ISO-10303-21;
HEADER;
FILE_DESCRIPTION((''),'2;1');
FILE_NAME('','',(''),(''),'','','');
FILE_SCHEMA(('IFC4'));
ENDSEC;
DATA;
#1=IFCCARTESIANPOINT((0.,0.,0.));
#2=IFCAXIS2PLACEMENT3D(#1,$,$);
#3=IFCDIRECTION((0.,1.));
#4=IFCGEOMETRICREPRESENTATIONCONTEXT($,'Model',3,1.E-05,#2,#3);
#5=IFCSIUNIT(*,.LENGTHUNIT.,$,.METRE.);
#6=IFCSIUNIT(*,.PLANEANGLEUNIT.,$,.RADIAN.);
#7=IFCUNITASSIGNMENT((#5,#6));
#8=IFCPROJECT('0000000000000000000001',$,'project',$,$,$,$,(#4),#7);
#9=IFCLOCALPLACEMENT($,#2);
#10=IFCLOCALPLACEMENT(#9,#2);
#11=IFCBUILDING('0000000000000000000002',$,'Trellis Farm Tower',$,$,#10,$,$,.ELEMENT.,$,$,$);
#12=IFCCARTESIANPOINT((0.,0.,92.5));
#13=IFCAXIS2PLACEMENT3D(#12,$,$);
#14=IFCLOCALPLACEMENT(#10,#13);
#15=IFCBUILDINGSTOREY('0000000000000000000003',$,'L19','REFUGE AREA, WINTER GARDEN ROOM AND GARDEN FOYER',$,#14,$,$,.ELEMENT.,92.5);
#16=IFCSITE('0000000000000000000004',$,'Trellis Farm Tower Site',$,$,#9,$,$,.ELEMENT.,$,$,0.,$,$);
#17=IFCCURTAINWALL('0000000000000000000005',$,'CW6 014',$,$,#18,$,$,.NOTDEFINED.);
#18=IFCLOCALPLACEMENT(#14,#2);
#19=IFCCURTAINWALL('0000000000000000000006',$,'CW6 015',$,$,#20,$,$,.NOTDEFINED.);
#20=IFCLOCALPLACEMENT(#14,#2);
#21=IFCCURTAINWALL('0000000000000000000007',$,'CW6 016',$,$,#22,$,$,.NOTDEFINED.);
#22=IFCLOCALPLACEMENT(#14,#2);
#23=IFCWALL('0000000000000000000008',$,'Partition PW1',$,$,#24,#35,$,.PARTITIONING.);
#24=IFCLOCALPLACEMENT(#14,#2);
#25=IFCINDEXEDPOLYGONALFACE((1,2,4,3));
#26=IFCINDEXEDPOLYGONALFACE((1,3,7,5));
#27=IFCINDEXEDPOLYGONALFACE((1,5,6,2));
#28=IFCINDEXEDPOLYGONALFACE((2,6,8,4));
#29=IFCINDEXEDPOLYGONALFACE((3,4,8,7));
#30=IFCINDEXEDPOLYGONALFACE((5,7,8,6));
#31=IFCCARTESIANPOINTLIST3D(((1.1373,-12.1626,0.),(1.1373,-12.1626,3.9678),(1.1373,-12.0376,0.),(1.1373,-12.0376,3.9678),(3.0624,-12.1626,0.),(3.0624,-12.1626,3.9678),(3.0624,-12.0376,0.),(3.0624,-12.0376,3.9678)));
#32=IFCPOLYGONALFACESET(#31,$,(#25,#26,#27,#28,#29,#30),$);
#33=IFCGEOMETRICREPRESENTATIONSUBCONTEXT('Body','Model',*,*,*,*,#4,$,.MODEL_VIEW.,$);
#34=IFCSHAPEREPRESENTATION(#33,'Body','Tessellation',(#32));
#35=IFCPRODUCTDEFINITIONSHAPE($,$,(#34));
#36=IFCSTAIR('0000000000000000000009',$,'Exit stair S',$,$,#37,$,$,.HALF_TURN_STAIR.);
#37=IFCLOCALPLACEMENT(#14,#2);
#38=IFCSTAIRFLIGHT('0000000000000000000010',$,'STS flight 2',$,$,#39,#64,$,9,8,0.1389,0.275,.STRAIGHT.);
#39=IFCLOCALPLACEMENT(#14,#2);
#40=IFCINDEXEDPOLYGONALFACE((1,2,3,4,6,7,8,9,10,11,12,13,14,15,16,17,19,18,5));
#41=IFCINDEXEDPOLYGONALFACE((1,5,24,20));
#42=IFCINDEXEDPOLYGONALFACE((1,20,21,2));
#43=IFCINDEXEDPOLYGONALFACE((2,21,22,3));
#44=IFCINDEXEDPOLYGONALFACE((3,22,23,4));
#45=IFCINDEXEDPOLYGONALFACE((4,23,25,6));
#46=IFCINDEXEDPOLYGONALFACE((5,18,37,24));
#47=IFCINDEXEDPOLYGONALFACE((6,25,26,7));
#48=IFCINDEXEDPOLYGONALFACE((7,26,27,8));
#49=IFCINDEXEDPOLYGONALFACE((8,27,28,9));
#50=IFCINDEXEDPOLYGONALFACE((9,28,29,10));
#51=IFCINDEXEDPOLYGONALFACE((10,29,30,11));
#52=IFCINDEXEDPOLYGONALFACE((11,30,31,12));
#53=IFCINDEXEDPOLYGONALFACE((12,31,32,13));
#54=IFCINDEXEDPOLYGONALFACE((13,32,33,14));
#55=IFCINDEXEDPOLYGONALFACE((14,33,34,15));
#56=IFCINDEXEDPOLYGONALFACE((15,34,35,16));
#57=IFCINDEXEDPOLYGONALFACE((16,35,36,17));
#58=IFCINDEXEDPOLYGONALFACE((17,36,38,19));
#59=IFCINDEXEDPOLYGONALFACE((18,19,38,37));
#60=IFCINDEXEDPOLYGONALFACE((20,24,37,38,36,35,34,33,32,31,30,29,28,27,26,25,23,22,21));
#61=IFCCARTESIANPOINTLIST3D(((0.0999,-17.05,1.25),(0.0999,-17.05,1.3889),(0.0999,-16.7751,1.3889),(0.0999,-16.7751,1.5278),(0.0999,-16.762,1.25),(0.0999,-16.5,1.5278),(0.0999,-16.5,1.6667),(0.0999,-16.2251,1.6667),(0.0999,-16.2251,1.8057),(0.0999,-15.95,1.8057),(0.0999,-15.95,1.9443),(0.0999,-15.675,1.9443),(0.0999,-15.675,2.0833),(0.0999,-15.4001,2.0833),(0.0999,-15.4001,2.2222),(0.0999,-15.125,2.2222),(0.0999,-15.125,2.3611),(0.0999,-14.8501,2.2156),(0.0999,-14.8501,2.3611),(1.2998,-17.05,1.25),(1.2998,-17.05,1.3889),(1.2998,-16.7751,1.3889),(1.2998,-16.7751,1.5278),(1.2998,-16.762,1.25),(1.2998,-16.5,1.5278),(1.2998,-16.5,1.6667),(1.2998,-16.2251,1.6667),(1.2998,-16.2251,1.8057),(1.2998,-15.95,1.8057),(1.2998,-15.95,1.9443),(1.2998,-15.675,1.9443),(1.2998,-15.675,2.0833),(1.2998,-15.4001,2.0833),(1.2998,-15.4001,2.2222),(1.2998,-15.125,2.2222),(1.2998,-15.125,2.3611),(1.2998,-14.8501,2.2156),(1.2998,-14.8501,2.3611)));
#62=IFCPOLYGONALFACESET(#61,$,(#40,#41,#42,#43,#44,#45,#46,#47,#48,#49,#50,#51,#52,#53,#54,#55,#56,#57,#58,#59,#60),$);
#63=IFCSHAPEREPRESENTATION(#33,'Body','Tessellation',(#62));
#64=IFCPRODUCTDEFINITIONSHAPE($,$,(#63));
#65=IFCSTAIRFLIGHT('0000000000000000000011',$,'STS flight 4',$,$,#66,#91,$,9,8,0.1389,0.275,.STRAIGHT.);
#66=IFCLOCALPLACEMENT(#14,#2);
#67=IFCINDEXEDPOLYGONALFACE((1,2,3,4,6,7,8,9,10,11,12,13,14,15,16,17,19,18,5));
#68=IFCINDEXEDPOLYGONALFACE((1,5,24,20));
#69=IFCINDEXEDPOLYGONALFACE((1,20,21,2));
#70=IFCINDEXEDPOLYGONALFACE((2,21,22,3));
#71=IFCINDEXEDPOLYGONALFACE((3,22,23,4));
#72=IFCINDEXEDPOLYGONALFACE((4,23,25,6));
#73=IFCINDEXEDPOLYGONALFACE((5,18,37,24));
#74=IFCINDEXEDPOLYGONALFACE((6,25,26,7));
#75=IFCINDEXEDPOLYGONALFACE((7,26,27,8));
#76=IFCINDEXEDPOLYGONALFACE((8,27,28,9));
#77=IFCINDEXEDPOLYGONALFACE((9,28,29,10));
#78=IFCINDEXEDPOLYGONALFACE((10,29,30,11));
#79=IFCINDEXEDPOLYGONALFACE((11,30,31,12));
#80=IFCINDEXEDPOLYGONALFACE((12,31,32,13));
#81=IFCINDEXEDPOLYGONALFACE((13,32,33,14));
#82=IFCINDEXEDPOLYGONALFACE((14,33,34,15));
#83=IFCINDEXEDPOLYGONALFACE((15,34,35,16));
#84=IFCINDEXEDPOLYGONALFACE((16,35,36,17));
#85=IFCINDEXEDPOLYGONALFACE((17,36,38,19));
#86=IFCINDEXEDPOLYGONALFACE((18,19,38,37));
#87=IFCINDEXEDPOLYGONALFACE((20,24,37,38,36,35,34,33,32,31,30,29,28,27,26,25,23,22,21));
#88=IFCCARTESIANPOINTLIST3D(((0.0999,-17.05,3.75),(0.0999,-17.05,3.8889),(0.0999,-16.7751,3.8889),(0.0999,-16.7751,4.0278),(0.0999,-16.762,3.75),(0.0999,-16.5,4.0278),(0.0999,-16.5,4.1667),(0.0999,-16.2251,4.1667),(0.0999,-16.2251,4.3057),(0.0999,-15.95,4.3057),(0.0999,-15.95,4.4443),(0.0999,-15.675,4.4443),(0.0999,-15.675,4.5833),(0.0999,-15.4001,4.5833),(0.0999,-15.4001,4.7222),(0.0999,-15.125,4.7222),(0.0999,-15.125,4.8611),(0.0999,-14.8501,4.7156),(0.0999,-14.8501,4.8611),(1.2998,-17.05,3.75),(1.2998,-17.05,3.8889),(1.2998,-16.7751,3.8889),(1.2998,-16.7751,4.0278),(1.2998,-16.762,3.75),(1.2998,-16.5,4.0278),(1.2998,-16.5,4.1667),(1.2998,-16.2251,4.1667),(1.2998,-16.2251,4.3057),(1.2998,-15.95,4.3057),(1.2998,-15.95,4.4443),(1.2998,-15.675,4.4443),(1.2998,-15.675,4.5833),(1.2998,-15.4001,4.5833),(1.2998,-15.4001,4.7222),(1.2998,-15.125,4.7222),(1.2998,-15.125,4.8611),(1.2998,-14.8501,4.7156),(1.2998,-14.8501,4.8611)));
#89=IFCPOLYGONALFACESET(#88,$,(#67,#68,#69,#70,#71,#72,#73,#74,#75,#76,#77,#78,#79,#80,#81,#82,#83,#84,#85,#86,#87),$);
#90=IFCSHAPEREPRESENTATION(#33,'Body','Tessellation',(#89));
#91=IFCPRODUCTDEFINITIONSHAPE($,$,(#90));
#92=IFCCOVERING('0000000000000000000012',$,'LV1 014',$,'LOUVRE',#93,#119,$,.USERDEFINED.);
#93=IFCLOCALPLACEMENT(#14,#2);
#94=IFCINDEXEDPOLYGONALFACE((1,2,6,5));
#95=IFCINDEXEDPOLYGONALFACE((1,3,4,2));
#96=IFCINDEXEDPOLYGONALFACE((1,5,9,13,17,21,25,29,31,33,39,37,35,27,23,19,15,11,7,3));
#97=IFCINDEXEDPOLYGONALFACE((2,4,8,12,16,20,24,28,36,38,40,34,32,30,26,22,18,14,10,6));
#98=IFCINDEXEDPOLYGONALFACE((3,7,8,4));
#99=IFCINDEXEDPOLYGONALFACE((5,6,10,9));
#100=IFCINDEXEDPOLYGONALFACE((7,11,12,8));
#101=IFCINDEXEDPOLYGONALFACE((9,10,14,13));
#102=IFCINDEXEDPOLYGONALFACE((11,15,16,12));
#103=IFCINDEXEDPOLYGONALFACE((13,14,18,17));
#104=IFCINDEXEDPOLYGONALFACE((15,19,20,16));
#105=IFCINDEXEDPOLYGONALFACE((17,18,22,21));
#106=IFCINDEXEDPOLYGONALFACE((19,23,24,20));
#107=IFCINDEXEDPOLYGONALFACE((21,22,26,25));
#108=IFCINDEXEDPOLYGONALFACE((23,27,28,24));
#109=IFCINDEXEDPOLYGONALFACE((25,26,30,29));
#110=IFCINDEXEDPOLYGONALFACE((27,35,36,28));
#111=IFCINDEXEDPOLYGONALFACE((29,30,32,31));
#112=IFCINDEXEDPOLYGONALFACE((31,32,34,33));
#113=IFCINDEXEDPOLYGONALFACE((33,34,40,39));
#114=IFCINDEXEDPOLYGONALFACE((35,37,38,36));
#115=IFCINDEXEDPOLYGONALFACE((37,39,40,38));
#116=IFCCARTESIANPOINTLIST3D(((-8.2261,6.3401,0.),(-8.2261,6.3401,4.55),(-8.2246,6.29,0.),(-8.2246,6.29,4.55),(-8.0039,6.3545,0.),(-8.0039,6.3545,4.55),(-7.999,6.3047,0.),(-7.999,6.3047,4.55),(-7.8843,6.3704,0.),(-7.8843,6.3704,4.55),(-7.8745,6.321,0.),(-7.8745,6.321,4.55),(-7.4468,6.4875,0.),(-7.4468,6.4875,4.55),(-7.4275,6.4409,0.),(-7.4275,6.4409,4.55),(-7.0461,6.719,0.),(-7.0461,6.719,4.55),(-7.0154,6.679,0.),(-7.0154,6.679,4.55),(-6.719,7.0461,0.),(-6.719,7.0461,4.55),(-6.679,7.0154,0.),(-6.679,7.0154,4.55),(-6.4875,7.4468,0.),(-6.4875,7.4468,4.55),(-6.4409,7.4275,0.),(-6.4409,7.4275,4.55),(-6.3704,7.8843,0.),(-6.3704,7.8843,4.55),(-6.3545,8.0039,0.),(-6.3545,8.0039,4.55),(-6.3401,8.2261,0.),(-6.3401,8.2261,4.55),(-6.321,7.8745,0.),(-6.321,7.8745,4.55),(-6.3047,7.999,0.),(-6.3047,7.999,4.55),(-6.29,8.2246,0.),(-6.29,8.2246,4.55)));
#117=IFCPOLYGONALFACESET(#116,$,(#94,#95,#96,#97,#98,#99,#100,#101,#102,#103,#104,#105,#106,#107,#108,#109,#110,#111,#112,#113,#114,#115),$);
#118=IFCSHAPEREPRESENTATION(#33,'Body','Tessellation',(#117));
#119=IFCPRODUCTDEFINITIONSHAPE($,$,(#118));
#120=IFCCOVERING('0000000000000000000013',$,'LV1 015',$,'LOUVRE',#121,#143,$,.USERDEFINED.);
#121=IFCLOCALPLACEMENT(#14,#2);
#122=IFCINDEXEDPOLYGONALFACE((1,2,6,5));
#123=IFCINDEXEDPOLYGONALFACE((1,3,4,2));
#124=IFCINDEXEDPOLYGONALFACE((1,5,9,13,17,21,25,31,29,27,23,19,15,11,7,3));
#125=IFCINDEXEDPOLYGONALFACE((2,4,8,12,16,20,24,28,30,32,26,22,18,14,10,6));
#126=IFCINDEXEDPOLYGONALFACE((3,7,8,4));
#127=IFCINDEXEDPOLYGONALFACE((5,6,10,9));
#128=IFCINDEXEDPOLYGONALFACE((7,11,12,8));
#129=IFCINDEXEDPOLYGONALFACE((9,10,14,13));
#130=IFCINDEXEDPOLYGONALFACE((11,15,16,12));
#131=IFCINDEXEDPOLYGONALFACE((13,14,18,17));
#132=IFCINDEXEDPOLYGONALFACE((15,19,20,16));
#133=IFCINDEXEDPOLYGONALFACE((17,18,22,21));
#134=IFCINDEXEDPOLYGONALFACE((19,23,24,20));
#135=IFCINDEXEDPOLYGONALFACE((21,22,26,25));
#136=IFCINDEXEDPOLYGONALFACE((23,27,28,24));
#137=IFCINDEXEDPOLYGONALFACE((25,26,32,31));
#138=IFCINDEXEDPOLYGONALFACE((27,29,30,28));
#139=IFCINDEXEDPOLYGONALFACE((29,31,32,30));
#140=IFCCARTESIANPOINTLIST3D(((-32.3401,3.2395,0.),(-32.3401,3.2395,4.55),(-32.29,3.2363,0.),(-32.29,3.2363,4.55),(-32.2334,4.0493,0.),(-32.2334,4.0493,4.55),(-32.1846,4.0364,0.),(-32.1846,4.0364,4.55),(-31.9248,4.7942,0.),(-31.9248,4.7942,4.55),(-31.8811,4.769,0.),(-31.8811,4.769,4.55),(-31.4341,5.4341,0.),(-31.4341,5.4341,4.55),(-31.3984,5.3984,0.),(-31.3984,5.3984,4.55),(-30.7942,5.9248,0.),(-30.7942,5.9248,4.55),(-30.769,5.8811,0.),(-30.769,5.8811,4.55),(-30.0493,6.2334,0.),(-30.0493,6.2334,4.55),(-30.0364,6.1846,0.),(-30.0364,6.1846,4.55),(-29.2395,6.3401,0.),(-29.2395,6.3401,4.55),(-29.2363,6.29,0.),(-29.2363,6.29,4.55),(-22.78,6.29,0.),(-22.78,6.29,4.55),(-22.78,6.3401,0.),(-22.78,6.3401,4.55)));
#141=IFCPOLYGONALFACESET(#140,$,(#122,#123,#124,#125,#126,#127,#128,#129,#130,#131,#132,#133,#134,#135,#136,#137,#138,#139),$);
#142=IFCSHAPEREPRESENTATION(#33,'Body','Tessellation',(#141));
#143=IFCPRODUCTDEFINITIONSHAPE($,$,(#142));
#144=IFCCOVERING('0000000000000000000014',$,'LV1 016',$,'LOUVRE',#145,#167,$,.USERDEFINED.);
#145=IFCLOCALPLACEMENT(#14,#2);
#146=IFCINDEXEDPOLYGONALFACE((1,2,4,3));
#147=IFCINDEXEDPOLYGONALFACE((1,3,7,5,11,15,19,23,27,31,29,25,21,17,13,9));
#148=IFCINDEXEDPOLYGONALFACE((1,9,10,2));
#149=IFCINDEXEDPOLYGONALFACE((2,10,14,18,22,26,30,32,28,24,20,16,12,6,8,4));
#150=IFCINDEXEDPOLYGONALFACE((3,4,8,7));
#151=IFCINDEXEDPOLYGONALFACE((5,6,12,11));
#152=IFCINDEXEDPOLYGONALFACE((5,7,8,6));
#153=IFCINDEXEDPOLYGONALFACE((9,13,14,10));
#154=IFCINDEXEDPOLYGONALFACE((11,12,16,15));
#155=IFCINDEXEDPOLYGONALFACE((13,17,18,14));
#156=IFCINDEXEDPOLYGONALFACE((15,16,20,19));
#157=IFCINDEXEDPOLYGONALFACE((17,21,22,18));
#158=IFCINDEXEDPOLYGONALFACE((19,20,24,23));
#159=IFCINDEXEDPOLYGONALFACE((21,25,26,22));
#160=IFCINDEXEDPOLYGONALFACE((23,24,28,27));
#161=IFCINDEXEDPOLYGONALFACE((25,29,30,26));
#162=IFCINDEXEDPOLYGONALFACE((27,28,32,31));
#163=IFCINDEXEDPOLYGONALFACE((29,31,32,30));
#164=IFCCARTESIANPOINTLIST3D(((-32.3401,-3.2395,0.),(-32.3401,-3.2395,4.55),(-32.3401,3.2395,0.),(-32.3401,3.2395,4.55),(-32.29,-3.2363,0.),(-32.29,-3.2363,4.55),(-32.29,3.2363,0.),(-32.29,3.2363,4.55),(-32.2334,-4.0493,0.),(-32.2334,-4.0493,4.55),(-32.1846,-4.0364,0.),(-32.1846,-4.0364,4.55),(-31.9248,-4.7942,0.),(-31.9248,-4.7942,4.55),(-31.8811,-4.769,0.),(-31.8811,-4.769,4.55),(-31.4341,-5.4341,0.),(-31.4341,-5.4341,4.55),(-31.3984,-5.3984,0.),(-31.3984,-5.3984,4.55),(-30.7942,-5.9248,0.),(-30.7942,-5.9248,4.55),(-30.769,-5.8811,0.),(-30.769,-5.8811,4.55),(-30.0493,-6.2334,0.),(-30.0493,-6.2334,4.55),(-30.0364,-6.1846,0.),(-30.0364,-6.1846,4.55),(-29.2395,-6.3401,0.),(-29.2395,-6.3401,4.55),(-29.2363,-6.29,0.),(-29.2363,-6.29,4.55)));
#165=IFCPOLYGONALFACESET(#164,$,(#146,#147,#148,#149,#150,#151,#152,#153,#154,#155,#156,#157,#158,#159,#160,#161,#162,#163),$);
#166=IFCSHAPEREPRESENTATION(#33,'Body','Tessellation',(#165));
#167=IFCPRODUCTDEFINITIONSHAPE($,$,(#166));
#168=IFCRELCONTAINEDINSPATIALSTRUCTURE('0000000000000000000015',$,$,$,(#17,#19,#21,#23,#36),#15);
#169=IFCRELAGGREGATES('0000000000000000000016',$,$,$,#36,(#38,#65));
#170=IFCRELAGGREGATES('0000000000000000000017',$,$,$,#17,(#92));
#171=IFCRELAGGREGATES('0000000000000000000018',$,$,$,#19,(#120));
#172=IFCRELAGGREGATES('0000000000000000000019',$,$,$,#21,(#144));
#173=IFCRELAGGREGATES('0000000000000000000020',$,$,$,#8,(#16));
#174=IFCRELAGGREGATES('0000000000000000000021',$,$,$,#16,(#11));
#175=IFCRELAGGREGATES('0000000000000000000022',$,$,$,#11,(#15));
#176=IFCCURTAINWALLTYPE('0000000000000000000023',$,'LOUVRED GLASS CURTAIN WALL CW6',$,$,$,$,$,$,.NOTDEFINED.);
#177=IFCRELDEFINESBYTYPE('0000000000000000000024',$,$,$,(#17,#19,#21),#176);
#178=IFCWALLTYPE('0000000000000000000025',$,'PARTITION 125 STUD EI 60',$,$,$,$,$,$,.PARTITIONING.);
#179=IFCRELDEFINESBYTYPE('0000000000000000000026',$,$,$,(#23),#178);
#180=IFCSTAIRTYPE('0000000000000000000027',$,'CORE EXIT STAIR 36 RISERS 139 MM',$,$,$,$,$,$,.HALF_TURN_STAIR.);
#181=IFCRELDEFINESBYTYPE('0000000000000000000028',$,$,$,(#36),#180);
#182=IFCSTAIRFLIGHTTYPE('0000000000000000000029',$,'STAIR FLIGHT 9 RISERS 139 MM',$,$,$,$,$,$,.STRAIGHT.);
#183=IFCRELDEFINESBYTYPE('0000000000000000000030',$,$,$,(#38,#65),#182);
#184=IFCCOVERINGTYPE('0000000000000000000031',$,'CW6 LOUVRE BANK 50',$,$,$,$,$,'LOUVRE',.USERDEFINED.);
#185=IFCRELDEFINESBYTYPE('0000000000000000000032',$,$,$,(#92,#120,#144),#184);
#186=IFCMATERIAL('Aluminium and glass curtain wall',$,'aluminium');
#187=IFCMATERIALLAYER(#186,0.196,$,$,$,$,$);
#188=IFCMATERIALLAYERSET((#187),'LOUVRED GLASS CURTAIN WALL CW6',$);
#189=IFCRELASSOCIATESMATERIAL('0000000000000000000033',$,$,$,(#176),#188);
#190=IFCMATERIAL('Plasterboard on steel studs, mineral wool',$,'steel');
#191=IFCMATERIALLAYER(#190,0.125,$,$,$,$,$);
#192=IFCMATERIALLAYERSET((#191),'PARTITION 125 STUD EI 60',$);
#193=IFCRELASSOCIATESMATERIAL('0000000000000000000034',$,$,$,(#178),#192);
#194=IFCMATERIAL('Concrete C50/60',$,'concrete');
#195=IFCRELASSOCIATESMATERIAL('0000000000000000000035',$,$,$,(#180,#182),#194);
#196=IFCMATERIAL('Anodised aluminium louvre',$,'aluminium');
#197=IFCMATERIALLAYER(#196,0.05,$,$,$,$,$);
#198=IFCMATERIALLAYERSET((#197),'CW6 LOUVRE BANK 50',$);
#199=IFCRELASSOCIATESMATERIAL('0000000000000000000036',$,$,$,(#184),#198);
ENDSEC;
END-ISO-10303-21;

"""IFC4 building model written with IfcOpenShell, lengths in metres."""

from ifc_helpers import new_model, si_unit, direction, frame, frame_2d, origin, place, context, subcontext, project, spatial, polyline, rectangle, outline, extrude, source, transform, mapped, material, layer, layer_set, type_object, element, aggregate, save


model = new_model("IFC4")

# Units and contexts
model_context = context("Model", 3, precision=1e-05, world=origin(), true_north=direction((0.0, 1.0)))
body_context = subcontext(model_context, "Body", "Model", "MODEL_VIEW")
ifc_project = project(units=[si_unit("LENGTHUNIT", "METRE"), si_unit("PLANEANGLEUNIT", "RADIAN")], contexts=[model_context])

# Site, building, storey
site_placement = place(None, origin())
site = spatial("IfcSite", under=ifc_project, at=site_placement, Name="Trellis Farm Tower Site", CompositionType="ELEMENT", RefElevation=0.0)
building_placement = place(site_placement, origin())
building = spatial("IfcBuilding", under=site, at=building_placement, Name="Trellis Farm Tower", CompositionType="ELEMENT")
storey_placement = place(building_placement, frame((0.0, 0.0, 92.5)))
storey = spatial("IfcBuildingStorey", under=building, at=storey_placement, Name="L19", Description="REFUGE AREA, WINTER GARDEN ROOM AND GARDEN FOYER", CompositionType="ELEMENT", Elevation=92.5)

# Curtain walls
ifc_material_1 = material(Name="Aluminium and glass curtain wall", Category="aluminium")
ifc_layer_1 = layer(ifc_material_1, 0.196)
ifc_layer_set_1 = layer_set([ifc_layer_1], Name="LOUVRED GLASS CURTAIN WALL CW6")
curtain_wall_type = type_object("IfcCurtainWallType", Name="LOUVRED GLASS CURTAIN WALL CW6", PredefinedType="NOTDEFINED", material=ifc_layer_set_1)
placement_1 = place(storey_placement, origin())
curtain_wall_1 = element("IfcCurtainWall", 1, at=placement_1, inside=storey, type_object=curtain_wall_type, Name="CW6 014", PredefinedType="NOTDEFINED")
curtain_wall_2 = element("IfcCurtainWall", 2, at=placement_1, inside=storey, type_object=curtain_wall_type, Name="CW6 015", PredefinedType="NOTDEFINED")
curtain_wall_3 = element("IfcCurtainWall", 3, at=placement_1, inside=storey, type_object=curtain_wall_type, Name="CW6 016", PredefinedType="NOTDEFINED")

# Shared definitions
ifc_material_2 = material(Name="Plasterboard on steel studs, mineral wool", Category="steel")
ifc_layer_2 = layer(ifc_material_2, 0.125)
ifc_layer_set_2 = layer_set([ifc_layer_2], Name="PARTITION 125 STUD EI 60")
wall_type_1 = type_object("IfcWallType", Name="PARTITION 125 STUD EI 60", PredefinedType="PARTITIONING", material=ifc_layer_set_2)

# Wall
shared_shape_1 = source(origin(), body_context, "Body", "SweptSolid", [
    extrude(rectangle(XDim=1.925, YDim=0.125, at=frame_2d((0.9624, 0.0))), origin(), (0.0, 0.0, 1.0), 3.9678),
])
wall_1_placement = place(storey_placement, frame((1.1375, -12.1001, 0.0), z_axis=(0.0, 0.0, 1.0), x_axis=(1.0, 0.0, 0.0)))
element("IfcWall", 4, at=wall_1_placement, inside=storey, type_object=wall_type_1, Name="Partition PW1", PredefinedType="PARTITIONING", context=body_context, shape_type="MappedRepresentation", body=[
    mapped(shared_shape_1, transform((0.0, 0.0, 0.0))),
])

# Stair, stair flights
ifc_material_3 = material(Name="Concrete C50/60", Category="concrete")
stair_type = type_object("IfcStairType", Name="CORE EXIT STAIR 36 RISERS 139 MM", PredefinedType="HALF_TURN_STAIR", material=ifc_material_3)
stair = element("IfcStair", 5, at=placement_1, inside=storey, type_object=stair_type, Name="Exit stair S", PredefinedType="HALF_TURN_STAIR")
stair_flight_type = type_object("IfcStairFlightType", Name="STAIR FLIGHT 9 RISERS 139 MM", PredefinedType="STRAIGHT", material=ifc_material_3)
shared_shape_2 = source(origin(), body_context, "Body", "SweptSolid", [
    extrude(outline(polyline([(0.0, 0.0), (0.0, 0.1389), (0.2749, 0.1389), (0.2749, 0.2778), (0.55, 0.2778), (0.55, 0.4167), (0.825, 0.4167), (0.825, 0.5557), (1.1001, 0.5557), (1.1001, 0.6943), (1.375, 0.6943), (1.375, 0.8333), (1.6499, 0.8333), (1.6499, 0.9722), (1.925, 0.9722), (1.925, 1.1111), (2.2, 1.1111), (2.2, 1.25), (2.2, 0.9656), (0.2881, 0.0), (0.0, 0.0)])), frame((0.0, 0.6001, 0.0), z_axis=(0.0, -1.0, 0.0), x_axis=(1.0, 0.0, 0.0)), (0.0, 0.0, 1.0), 1.2),
])
stair_flight_1_placement = place(storey_placement, frame((0.7, -17.05, 1.25), z_axis=(0.0, 0.0, 1.0), x_axis=(0.0, 1.0, 0.0)))
stair_flight_1 = element("IfcStairFlight", 6, at=stair_flight_1_placement, type_object=stair_flight_type, Name="STS flight 2", NumberOfRisers=9, NumberOfTreads=8, PredefinedType="STRAIGHT", RiserHeight=0.1389, TreadLength=0.275, context=body_context, shape_type="MappedRepresentation", body=[
    mapped(shared_shape_2, transform((0.0, 0.0, 0.0))),
])
stair_flight_2_placement = place(storey_placement, frame((0.7, -17.05, 3.75), z_axis=(0.0, 0.0, 1.0), x_axis=(0.0, 1.0, 0.0)))
stair_flight_2 = element("IfcStairFlight", 7, at=stair_flight_2_placement, type_object=stair_flight_type, Name="STS flight 4", NumberOfRisers=9, NumberOfTreads=8, PredefinedType="STRAIGHT", RiserHeight=0.1389, TreadLength=0.275, context=body_context, shape_type="MappedRepresentation", body=[
    mapped(shared_shape_2, transform((0.0, 0.0, 0.0))),
])
aggregate(stair, [stair_flight_1, stair_flight_2])

# Coverings
ifc_material_4 = material(Name="Anodised aluminium louvre", Category="aluminium")
ifc_layer_3 = layer(ifc_material_4, 0.05)
ifc_layer_set_3 = layer_set([ifc_layer_3], Name="CW6 LOUVRE BANK 50")
covering_type = type_object("IfcCoveringType", Name="CW6 LOUVRE BANK 50", ElementType="LOUVRE", PredefinedType="USERDEFINED", material=ifc_layer_set_3)
covering_1 = element("IfcCovering", 8, at=placement_1, type_object=covering_type, Name="LV1 014", ObjectType="LOUVRE", PredefinedType="USERDEFINED", context=body_context, shape_type="SweptSolid", body=[
    extrude(outline(polyline([(-6.3401, 8.2261), (-6.3545, 8.0039), (-6.3704, 7.8843), (-6.4875, 7.4468), (-6.719, 7.0461), (-7.0461, 6.719), (-7.4468, 6.4875), (-7.8843, 6.3704), (-8.0039, 6.3545), (-8.2261, 6.3401), (-8.2246, 6.29), (-7.999, 6.3047), (-7.8745, 6.321), (-7.4275, 6.4409), (-7.0154, 6.679), (-6.679, 7.0154), (-6.4409, 7.4275), (-6.321, 7.8745), (-6.3047, 7.999), (-6.29, 8.2246), (-6.3401, 8.2261)])), origin(), (0.0, 0.0, 1.0), 4.55),
])
aggregate(curtain_wall_1, [covering_1])
covering_2 = element("IfcCovering", 9, at=placement_1, type_object=covering_type, Name="LV1 015", ObjectType="LOUVRE", PredefinedType="USERDEFINED", context=body_context, shape_type="SweptSolid", body=[
    extrude(outline(polyline([(-22.78, 6.3401), (-29.2395, 6.3401), (-30.0493, 6.2334), (-30.7942, 5.9248), (-31.4341, 5.4341), (-31.9248, 4.7942), (-32.2334, 4.0493), (-32.3401, 3.2395), (-32.29, 3.2363), (-32.1846, 4.0364), (-31.8811, 4.769), (-31.3984, 5.3984), (-30.769, 5.8811), (-30.0364, 6.1846), (-29.2363, 6.29), (-22.78, 6.29), (-22.78, 6.3401)])), origin(), (0.0, 0.0, 1.0), 4.55),
])
aggregate(curtain_wall_2, [covering_2])
covering_3 = element("IfcCovering", 10, at=placement_1, type_object=covering_type, Name="LV1 016", ObjectType="LOUVRE", PredefinedType="USERDEFINED", context=body_context, shape_type="SweptSolid", body=[
    extrude(outline(polyline([(-32.3401, 3.2395), (-32.3401, -3.2395), (-32.2334, -4.0493), (-31.9248, -4.7942), (-31.4341, -5.4341), (-30.7942, -5.9248), (-30.0493, -6.2334), (-29.2395, -6.3401), (-29.2363, -6.29), (-30.0364, -6.1846), (-30.769, -5.8811), (-31.3984, -5.3984), (-31.8811, -4.769), (-32.1846, -4.0364), (-32.29, -3.2363), (-32.29, 3.2363), (-32.3401, 3.2395)])), origin(), (0.0, 0.0, 1.0), 4.55),
])
aggregate(curtain_wall_3, [covering_3])

save(model, "model.ifc")
